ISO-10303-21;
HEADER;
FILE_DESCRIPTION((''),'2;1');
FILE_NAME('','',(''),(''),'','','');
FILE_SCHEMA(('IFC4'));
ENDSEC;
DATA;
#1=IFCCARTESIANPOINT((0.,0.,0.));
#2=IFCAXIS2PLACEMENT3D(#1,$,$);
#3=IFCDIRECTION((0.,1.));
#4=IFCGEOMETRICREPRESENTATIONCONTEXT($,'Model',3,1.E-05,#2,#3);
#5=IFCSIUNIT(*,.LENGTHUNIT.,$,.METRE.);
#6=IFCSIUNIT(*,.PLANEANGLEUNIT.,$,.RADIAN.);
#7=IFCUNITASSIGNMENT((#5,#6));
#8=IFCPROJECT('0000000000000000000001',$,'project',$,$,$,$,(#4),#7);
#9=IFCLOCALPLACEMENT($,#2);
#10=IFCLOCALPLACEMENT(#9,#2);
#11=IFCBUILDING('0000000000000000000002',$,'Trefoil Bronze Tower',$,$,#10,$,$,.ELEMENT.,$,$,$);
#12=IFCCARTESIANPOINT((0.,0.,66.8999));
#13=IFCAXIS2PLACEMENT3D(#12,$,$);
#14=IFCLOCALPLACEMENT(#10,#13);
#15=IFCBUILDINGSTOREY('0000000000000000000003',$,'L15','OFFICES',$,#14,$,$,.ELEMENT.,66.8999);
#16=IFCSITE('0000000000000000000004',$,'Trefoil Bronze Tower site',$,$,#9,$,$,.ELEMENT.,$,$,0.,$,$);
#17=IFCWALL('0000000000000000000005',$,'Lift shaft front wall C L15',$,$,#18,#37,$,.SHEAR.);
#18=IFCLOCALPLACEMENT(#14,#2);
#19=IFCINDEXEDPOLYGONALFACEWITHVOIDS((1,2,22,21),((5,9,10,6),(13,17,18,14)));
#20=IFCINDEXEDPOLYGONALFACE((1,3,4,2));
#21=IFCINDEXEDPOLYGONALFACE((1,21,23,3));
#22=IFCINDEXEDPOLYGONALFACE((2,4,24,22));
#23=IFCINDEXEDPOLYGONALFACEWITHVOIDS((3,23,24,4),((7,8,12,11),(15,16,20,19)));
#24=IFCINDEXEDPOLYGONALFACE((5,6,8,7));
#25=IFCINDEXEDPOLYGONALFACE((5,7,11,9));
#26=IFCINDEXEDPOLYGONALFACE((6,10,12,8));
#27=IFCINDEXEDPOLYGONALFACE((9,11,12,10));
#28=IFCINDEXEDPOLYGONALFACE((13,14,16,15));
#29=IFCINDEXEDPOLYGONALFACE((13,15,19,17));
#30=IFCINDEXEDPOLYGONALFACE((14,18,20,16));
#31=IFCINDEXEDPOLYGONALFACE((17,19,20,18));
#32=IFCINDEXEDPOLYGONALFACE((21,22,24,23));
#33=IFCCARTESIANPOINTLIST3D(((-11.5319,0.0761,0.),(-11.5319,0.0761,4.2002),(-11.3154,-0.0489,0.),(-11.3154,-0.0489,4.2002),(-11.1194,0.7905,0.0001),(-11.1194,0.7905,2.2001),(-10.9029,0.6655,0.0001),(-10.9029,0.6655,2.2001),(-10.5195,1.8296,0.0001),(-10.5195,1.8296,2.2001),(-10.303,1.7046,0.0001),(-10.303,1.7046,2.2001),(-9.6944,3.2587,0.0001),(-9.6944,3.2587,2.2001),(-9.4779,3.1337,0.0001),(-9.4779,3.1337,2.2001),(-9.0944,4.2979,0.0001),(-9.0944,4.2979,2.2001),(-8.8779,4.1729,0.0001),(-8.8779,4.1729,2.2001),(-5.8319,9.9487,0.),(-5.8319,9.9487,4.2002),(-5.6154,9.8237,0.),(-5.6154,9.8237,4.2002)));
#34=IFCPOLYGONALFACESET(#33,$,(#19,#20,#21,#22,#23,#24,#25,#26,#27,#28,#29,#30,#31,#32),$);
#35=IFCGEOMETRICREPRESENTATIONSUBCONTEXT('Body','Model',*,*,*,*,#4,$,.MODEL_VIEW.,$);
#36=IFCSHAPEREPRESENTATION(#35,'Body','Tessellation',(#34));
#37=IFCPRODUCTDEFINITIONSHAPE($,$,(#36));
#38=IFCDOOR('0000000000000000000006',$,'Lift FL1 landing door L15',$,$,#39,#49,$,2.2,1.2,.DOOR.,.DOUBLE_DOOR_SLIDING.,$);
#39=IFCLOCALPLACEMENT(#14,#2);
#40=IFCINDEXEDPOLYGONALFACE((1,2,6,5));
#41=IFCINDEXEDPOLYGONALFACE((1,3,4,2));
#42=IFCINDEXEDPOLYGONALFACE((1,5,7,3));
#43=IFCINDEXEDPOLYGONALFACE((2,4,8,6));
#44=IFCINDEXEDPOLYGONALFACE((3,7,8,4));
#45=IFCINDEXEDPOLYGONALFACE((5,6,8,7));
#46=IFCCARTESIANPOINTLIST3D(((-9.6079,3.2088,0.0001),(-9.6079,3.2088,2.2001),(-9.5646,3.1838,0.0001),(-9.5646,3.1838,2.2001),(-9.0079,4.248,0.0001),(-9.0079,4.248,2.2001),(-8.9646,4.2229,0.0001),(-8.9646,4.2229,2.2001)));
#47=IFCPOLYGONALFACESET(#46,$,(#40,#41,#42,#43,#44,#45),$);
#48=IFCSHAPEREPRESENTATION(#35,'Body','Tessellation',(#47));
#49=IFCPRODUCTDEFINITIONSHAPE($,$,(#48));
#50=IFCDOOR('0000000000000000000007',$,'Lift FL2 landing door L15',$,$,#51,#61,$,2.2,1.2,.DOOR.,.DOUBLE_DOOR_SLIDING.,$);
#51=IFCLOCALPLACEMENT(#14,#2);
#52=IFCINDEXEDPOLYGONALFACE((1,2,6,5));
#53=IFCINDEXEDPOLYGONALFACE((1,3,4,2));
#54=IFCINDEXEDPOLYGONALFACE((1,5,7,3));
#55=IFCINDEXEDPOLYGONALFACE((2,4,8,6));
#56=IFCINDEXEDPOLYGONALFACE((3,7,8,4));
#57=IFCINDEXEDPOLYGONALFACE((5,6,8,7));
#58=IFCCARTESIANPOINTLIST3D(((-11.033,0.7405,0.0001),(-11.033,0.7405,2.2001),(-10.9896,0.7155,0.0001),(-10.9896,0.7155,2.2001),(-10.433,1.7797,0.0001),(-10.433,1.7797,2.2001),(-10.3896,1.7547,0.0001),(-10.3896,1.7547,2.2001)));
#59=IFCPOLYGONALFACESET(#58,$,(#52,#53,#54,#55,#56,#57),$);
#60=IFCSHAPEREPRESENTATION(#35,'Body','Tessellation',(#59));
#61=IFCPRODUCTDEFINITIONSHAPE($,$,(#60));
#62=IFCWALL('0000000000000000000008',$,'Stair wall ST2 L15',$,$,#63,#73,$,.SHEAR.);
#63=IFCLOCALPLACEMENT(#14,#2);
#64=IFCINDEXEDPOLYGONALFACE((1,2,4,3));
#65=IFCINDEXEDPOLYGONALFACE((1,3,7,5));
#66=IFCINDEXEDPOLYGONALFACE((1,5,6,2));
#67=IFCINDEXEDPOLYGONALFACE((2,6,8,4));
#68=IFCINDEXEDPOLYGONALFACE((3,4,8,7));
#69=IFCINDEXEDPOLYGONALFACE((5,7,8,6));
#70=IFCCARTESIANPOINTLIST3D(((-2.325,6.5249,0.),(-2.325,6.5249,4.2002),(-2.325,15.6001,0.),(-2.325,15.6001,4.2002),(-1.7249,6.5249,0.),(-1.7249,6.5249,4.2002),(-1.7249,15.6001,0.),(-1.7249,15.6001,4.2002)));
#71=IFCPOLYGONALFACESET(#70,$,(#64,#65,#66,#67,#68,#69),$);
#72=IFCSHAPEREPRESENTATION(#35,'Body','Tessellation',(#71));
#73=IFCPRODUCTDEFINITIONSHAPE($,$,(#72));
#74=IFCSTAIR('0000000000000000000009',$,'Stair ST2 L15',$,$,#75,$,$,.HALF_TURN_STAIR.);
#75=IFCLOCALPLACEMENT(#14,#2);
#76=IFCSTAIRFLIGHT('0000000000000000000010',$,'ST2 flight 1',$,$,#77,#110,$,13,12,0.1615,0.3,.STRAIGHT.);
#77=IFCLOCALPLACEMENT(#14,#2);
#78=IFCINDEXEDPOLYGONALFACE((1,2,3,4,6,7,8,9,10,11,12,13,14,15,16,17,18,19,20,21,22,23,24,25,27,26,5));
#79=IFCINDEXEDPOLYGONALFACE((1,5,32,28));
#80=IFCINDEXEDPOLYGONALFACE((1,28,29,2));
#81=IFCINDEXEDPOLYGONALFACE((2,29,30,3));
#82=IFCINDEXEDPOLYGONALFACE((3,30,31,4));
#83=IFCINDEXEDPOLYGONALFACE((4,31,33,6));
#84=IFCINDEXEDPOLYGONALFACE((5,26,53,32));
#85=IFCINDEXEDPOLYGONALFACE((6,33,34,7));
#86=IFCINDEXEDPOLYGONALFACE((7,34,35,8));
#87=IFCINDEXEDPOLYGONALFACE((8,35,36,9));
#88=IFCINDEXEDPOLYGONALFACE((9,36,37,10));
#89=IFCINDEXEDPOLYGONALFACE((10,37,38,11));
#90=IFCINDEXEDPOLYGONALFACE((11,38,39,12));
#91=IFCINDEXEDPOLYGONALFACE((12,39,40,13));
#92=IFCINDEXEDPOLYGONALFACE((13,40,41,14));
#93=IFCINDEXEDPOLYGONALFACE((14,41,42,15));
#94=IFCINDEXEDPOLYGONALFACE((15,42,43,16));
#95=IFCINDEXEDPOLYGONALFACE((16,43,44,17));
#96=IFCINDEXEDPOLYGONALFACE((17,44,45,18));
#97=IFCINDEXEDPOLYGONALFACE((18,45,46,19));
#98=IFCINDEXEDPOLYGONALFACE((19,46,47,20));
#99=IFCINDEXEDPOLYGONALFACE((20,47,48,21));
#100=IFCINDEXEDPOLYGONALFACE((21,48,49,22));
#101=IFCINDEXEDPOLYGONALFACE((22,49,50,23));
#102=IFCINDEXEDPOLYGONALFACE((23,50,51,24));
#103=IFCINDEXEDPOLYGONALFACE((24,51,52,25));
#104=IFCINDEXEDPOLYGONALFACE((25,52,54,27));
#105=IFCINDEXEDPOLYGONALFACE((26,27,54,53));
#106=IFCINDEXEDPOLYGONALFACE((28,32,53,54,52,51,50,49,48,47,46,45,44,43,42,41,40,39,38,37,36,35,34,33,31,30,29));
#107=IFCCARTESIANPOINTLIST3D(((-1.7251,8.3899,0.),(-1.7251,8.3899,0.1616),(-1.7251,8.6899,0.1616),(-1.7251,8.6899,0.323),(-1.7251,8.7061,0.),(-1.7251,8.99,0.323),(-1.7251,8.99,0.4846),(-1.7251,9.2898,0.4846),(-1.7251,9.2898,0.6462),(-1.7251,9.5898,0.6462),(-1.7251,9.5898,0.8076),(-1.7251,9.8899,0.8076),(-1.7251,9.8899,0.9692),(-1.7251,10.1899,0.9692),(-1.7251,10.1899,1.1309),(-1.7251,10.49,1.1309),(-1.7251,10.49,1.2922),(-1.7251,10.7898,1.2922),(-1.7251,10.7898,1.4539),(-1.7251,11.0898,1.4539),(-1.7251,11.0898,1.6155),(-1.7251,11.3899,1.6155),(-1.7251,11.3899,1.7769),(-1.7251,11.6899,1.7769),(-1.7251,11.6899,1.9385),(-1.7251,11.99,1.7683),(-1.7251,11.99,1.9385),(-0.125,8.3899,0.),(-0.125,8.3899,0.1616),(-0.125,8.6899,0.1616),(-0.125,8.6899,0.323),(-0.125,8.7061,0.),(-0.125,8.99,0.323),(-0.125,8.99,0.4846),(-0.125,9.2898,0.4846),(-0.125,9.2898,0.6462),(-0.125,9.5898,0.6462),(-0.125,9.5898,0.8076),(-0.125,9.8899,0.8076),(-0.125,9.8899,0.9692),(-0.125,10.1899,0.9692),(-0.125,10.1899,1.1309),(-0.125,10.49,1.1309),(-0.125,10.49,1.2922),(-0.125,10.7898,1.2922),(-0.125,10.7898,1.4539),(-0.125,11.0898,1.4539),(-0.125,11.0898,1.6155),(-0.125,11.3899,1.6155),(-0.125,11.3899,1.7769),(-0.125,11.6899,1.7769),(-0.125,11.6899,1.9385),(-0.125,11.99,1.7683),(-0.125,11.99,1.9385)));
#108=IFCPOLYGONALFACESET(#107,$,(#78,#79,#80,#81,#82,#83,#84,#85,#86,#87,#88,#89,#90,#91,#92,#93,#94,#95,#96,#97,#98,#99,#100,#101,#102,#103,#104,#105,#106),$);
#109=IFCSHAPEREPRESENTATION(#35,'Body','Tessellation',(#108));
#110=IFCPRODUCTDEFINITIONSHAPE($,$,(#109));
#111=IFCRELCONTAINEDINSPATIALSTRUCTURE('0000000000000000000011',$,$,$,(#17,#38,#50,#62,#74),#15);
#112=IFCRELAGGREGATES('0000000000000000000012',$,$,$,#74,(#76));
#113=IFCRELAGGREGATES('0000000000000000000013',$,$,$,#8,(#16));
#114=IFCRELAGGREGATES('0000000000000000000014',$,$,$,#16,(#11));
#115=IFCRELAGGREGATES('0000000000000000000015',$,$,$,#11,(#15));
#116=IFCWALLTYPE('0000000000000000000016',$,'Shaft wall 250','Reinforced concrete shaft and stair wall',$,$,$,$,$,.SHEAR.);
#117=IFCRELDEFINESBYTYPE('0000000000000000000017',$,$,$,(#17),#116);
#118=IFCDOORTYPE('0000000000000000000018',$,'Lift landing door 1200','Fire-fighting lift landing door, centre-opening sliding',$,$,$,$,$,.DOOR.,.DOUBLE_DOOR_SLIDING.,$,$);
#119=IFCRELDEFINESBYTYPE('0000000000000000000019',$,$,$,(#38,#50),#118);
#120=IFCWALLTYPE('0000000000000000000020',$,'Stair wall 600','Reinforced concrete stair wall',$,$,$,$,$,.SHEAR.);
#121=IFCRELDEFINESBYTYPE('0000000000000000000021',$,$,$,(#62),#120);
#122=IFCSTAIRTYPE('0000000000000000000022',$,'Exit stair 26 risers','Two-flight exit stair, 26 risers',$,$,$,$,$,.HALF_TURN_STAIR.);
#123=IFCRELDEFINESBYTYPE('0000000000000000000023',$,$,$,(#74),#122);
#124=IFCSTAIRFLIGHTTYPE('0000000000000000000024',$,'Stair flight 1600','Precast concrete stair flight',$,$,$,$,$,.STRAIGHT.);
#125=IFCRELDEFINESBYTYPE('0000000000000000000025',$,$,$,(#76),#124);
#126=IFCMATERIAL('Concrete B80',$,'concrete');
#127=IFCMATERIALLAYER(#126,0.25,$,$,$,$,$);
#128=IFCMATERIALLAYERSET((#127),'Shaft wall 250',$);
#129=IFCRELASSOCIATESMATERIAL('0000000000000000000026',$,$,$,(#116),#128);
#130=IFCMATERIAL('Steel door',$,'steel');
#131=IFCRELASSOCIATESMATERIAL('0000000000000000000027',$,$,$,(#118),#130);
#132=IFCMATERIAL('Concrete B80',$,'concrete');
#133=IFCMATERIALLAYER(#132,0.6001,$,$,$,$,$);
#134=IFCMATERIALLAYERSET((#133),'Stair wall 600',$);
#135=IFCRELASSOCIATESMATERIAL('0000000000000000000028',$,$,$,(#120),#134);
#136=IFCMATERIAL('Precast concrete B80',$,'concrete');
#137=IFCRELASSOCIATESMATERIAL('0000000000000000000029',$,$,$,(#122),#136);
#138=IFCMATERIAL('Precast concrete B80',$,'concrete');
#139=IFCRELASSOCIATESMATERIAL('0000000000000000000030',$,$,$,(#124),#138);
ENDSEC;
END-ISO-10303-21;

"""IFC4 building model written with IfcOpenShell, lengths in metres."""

from ifc_helpers import new_model, si_unit, direction, frame, frame_2d, origin, place, context, subcontext, project, spatial, polyline, rectangle, outline, extrude, material, layer, layer_set, type_object, element, fill, aggregate, save


model = new_model("IFC4")

# Units and contexts
model_context = context("Model", 3, precision=1e-05, world=origin(), true_north=direction((0.0, 1.0)))
body_context = subcontext(model_context, "Body", "Model", "MODEL_VIEW")
ifc_project = project(units=[si_unit("LENGTHUNIT", "METRE"), si_unit("PLANEANGLEUNIT", "RADIAN")], contexts=[model_context])

# Site, building, storey
site_placement = place(None, origin())
site = spatial("IfcSite", under=ifc_project, at=site_placement, Name="Trefoil Bronze Tower site", CompositionType="ELEMENT", RefElevation=0.0)
building_placement = place(site_placement, origin())
building = spatial("IfcBuilding", under=site, at=building_placement, Name="Trefoil Bronze Tower", CompositionType="ELEMENT")
storey_placement = place(building_placement, frame((0.0, 0.0, 66.8999)))
storey = spatial("IfcBuildingStorey", under=building, at=storey_placement, Name="L15", Description="OFFICES", CompositionType="ELEMENT", Elevation=66.8999)

# Wall, openings, doors
ifc_material_1 = material(Name="Concrete B80", Category="concrete")
ifc_layer_1 = layer(ifc_material_1, 0.25)
ifc_layer_set_1 = layer_set([ifc_layer_1], Name="Shaft wall 250")
wall_type_1 = type_object("IfcWallType", Name="Shaft wall 250", Description="Reinforced concrete shaft and stair wall", PredefinedType="SHEAR", material=ifc_layer_set_1)
wall_1_placement = place(storey_placement, frame((-5.7236, 9.8862, 0.0), z_axis=(0.0, 0.0, 1.0), x_axis=(-0.500002, -0.866024, 0.0)))
wall_1 = element("IfcWall", 1, at=wall_1_placement, inside=storey, type_object=wall_type_1, Name="Lift shaft front wall C L15", PredefinedType="SHEAR", context=body_context, shape_type="SweptSolid", body=[
    extrude(rectangle(XDim=11.3999, YDim=0.25, at=frame_2d((5.7, 0.0))), origin(), (0.0, 0.0, 1.0), 4.2002),
])
opening_1_placement = place(wall_1_placement, frame((6.5249, 0.0, 0.0)))
opening_1 = element("IfcOpeningElement", 2, at=opening_1_placement, cuts=wall_1, PredefinedType="OPENING", context=body_context, shape_type="SweptSolid", body=[
    extrude(rectangle(XDim=1.2, YDim=2.2, at=frame_2d((0.6001, 1.1001))), frame((0.0, 0.135, 0.0), z_axis=(0.0, -1.0, 0.0), x_axis=(1.0, 0.0, 0.0)), (0.0, 0.0, 1.0), 0.27),
])
opening_2_placement = place(wall_1_placement, frame((9.375, 0.0, 0.0)))
opening_2 = element("IfcOpeningElement", 3, at=opening_2_placement, cuts=wall_1, PredefinedType="OPENING", context=body_context, shape_type="SweptSolid", body=[
    extrude(rectangle(XDim=1.2, YDim=2.2, at=frame_2d((0.6001, 1.1001))), frame((0.0, 0.135, 0.0), z_axis=(0.0, -1.0, 0.0), x_axis=(1.0, 0.0, 0.0)), (0.0, 0.0, 1.0), 0.27),
])
ifc_material_2 = material(Name="Steel door", Category="steel")
door_type_1 = type_object("IfcDoorType", Name="Lift landing door 1200", Description="Fire-fighting lift landing door, centre-opening sliding", OperationType="DOUBLE_DOOR_SLIDING", PredefinedType="DOOR", material=ifc_material_2)
door_1_placement = place(opening_1_placement, origin())
door_1 = element("IfcDoor", 4, at=door_1_placement, inside=storey, type_object=door_type_1, Name="Lift FL1 landing door L15", OperationType="DOUBLE_DOOR_SLIDING", OverallHeight=2.2, OverallWidth=1.2, PredefinedType="DOOR", context=body_context, shape_type="SweptSolid", body=[
    extrude(rectangle(XDim=1.2, YDim=2.2, at=frame_2d((0.6001, 1.1001))), frame((0.0, 0.0249, 0.0), z_axis=(0.0, -1.0, 0.0), x_axis=(1.0, 0.0, 0.0)), (0.0, 0.0, 1.0), 0.05),
])
fill(opening_1, door_1)
door_2_placement = place(opening_2_placement, origin())
door_2 = element("IfcDoor", 5, at=door_2_placement, inside=storey, type_object=door_type_1, Name="Lift FL2 landing door L15", OperationType="DOUBLE_DOOR_SLIDING", OverallHeight=2.2, OverallWidth=1.2, PredefinedType="DOOR", context=body_context, shape_type="SweptSolid", body=[
    extrude(rectangle(XDim=1.2, YDim=2.2, at=frame_2d((0.6001, 1.1001))), frame((0.0, 0.0249, 0.0), z_axis=(0.0, -1.0, 0.0), x_axis=(1.0, 0.0, 0.0)), (0.0, 0.0, 1.0), 0.05),
])
fill(opening_2, door_2)

# Wall
ifc_material_3 = material(Name="Concrete B80", Category="concrete")
ifc_layer_2 = layer(ifc_material_3, 0.6001)
ifc_layer_set_2 = layer_set([ifc_layer_2], Name="Stair wall 600")
wall_type_2 = type_object("IfcWallType", Name="Stair wall 600", Description="Reinforced concrete stair wall", PredefinedType="SHEAR", material=ifc_layer_set_2)
wall_2_placement = place(storey_placement, frame((-2.0249, 6.5249, 0.0), z_axis=(0.0, 0.0, 1.0), x_axis=(0.0, 1.0, 0.0)))
element("IfcWall", 6, at=wall_2_placement, inside=storey, type_object=wall_type_2, Name="Stair wall ST2 L15", PredefinedType="SHEAR", context=body_context, shape_type="SweptSolid", body=[
    extrude(rectangle(XDim=9.0752, YDim=0.6001, at=frame_2d((4.5376, 0.0))), origin(), (0.0, 0.0, 1.0), 4.2002),
])

# Stair, stair flight
ifc_material_4 = material(Name="Precast concrete B80", Category="concrete")
stair_type = type_object("IfcStairType", Name="Exit stair 26 risers", Description="Two-flight exit stair, 26 risers", PredefinedType="HALF_TURN_STAIR", material=ifc_material_4)
stair_placement = place(storey_placement, origin())
stair = element("IfcStair", 7, at=stair_placement, inside=storey, type_object=stair_type, Name="Stair ST2 L15", PredefinedType="HALF_TURN_STAIR")
ifc_material_5 = material(Name="Precast concrete B80", Category="concrete")
stair_flight_type = type_object("IfcStairFlightType", Name="Stair flight 1600", Description="Precast concrete stair flight", PredefinedType="STRAIGHT", material=ifc_material_5)
stair_flight_placement = place(storey_placement, frame((-0.925, 8.3899, 0.0), z_axis=(0.0, 0.0, 1.0), x_axis=(0.0, 1.0, 0.0)))
stair_flight = element("IfcStairFlight", 8, at=stair_flight_placement, type_object=stair_flight_type, Name="ST2 flight 1", NumberOfRisers=13, NumberOfTreads=12, PredefinedType="STRAIGHT", RiserHeight=0.1615, TreadLength=0.3, context=body_context, shape_type="SweptSolid", body=[
    extrude(outline(polyline([(0.0, 0.0), (0.0, 0.1616), (0.3, 0.1616), (0.3, 0.323), (0.6001, 0.323), (0.6001, 0.4846), (0.8999, 0.4846), (0.8999, 0.6462), (1.2, 0.6462), (1.2, 0.8076), (1.5, 0.8076), (1.5, 0.9692), (1.8, 0.9692), (1.8, 1.1309), (2.1001, 1.1309), (2.1001, 1.2922), (2.3999, 1.2922), (2.3999, 1.4539), (2.7, 1.4539), (2.7, 1.6155), (3.0, 1.6155), (3.0, 1.7769), (3.3, 1.7769), (3.3, 1.9385), (3.6001, 1.9385), (3.6001, 2.1001), (3.6001, 1.7683), (0.3162, 0.0), (0.0, 0.0)])), frame((0.0, 0.8, 0.0), z_axis=(0.0, -1.0, 0.0), x_axis=(1.0, 0.0, 0.0)), (0.0, 0.0, 1.0), 1.6001),
])
aggregate(stair, [stair_flight])

save(model, "model.ifc")
